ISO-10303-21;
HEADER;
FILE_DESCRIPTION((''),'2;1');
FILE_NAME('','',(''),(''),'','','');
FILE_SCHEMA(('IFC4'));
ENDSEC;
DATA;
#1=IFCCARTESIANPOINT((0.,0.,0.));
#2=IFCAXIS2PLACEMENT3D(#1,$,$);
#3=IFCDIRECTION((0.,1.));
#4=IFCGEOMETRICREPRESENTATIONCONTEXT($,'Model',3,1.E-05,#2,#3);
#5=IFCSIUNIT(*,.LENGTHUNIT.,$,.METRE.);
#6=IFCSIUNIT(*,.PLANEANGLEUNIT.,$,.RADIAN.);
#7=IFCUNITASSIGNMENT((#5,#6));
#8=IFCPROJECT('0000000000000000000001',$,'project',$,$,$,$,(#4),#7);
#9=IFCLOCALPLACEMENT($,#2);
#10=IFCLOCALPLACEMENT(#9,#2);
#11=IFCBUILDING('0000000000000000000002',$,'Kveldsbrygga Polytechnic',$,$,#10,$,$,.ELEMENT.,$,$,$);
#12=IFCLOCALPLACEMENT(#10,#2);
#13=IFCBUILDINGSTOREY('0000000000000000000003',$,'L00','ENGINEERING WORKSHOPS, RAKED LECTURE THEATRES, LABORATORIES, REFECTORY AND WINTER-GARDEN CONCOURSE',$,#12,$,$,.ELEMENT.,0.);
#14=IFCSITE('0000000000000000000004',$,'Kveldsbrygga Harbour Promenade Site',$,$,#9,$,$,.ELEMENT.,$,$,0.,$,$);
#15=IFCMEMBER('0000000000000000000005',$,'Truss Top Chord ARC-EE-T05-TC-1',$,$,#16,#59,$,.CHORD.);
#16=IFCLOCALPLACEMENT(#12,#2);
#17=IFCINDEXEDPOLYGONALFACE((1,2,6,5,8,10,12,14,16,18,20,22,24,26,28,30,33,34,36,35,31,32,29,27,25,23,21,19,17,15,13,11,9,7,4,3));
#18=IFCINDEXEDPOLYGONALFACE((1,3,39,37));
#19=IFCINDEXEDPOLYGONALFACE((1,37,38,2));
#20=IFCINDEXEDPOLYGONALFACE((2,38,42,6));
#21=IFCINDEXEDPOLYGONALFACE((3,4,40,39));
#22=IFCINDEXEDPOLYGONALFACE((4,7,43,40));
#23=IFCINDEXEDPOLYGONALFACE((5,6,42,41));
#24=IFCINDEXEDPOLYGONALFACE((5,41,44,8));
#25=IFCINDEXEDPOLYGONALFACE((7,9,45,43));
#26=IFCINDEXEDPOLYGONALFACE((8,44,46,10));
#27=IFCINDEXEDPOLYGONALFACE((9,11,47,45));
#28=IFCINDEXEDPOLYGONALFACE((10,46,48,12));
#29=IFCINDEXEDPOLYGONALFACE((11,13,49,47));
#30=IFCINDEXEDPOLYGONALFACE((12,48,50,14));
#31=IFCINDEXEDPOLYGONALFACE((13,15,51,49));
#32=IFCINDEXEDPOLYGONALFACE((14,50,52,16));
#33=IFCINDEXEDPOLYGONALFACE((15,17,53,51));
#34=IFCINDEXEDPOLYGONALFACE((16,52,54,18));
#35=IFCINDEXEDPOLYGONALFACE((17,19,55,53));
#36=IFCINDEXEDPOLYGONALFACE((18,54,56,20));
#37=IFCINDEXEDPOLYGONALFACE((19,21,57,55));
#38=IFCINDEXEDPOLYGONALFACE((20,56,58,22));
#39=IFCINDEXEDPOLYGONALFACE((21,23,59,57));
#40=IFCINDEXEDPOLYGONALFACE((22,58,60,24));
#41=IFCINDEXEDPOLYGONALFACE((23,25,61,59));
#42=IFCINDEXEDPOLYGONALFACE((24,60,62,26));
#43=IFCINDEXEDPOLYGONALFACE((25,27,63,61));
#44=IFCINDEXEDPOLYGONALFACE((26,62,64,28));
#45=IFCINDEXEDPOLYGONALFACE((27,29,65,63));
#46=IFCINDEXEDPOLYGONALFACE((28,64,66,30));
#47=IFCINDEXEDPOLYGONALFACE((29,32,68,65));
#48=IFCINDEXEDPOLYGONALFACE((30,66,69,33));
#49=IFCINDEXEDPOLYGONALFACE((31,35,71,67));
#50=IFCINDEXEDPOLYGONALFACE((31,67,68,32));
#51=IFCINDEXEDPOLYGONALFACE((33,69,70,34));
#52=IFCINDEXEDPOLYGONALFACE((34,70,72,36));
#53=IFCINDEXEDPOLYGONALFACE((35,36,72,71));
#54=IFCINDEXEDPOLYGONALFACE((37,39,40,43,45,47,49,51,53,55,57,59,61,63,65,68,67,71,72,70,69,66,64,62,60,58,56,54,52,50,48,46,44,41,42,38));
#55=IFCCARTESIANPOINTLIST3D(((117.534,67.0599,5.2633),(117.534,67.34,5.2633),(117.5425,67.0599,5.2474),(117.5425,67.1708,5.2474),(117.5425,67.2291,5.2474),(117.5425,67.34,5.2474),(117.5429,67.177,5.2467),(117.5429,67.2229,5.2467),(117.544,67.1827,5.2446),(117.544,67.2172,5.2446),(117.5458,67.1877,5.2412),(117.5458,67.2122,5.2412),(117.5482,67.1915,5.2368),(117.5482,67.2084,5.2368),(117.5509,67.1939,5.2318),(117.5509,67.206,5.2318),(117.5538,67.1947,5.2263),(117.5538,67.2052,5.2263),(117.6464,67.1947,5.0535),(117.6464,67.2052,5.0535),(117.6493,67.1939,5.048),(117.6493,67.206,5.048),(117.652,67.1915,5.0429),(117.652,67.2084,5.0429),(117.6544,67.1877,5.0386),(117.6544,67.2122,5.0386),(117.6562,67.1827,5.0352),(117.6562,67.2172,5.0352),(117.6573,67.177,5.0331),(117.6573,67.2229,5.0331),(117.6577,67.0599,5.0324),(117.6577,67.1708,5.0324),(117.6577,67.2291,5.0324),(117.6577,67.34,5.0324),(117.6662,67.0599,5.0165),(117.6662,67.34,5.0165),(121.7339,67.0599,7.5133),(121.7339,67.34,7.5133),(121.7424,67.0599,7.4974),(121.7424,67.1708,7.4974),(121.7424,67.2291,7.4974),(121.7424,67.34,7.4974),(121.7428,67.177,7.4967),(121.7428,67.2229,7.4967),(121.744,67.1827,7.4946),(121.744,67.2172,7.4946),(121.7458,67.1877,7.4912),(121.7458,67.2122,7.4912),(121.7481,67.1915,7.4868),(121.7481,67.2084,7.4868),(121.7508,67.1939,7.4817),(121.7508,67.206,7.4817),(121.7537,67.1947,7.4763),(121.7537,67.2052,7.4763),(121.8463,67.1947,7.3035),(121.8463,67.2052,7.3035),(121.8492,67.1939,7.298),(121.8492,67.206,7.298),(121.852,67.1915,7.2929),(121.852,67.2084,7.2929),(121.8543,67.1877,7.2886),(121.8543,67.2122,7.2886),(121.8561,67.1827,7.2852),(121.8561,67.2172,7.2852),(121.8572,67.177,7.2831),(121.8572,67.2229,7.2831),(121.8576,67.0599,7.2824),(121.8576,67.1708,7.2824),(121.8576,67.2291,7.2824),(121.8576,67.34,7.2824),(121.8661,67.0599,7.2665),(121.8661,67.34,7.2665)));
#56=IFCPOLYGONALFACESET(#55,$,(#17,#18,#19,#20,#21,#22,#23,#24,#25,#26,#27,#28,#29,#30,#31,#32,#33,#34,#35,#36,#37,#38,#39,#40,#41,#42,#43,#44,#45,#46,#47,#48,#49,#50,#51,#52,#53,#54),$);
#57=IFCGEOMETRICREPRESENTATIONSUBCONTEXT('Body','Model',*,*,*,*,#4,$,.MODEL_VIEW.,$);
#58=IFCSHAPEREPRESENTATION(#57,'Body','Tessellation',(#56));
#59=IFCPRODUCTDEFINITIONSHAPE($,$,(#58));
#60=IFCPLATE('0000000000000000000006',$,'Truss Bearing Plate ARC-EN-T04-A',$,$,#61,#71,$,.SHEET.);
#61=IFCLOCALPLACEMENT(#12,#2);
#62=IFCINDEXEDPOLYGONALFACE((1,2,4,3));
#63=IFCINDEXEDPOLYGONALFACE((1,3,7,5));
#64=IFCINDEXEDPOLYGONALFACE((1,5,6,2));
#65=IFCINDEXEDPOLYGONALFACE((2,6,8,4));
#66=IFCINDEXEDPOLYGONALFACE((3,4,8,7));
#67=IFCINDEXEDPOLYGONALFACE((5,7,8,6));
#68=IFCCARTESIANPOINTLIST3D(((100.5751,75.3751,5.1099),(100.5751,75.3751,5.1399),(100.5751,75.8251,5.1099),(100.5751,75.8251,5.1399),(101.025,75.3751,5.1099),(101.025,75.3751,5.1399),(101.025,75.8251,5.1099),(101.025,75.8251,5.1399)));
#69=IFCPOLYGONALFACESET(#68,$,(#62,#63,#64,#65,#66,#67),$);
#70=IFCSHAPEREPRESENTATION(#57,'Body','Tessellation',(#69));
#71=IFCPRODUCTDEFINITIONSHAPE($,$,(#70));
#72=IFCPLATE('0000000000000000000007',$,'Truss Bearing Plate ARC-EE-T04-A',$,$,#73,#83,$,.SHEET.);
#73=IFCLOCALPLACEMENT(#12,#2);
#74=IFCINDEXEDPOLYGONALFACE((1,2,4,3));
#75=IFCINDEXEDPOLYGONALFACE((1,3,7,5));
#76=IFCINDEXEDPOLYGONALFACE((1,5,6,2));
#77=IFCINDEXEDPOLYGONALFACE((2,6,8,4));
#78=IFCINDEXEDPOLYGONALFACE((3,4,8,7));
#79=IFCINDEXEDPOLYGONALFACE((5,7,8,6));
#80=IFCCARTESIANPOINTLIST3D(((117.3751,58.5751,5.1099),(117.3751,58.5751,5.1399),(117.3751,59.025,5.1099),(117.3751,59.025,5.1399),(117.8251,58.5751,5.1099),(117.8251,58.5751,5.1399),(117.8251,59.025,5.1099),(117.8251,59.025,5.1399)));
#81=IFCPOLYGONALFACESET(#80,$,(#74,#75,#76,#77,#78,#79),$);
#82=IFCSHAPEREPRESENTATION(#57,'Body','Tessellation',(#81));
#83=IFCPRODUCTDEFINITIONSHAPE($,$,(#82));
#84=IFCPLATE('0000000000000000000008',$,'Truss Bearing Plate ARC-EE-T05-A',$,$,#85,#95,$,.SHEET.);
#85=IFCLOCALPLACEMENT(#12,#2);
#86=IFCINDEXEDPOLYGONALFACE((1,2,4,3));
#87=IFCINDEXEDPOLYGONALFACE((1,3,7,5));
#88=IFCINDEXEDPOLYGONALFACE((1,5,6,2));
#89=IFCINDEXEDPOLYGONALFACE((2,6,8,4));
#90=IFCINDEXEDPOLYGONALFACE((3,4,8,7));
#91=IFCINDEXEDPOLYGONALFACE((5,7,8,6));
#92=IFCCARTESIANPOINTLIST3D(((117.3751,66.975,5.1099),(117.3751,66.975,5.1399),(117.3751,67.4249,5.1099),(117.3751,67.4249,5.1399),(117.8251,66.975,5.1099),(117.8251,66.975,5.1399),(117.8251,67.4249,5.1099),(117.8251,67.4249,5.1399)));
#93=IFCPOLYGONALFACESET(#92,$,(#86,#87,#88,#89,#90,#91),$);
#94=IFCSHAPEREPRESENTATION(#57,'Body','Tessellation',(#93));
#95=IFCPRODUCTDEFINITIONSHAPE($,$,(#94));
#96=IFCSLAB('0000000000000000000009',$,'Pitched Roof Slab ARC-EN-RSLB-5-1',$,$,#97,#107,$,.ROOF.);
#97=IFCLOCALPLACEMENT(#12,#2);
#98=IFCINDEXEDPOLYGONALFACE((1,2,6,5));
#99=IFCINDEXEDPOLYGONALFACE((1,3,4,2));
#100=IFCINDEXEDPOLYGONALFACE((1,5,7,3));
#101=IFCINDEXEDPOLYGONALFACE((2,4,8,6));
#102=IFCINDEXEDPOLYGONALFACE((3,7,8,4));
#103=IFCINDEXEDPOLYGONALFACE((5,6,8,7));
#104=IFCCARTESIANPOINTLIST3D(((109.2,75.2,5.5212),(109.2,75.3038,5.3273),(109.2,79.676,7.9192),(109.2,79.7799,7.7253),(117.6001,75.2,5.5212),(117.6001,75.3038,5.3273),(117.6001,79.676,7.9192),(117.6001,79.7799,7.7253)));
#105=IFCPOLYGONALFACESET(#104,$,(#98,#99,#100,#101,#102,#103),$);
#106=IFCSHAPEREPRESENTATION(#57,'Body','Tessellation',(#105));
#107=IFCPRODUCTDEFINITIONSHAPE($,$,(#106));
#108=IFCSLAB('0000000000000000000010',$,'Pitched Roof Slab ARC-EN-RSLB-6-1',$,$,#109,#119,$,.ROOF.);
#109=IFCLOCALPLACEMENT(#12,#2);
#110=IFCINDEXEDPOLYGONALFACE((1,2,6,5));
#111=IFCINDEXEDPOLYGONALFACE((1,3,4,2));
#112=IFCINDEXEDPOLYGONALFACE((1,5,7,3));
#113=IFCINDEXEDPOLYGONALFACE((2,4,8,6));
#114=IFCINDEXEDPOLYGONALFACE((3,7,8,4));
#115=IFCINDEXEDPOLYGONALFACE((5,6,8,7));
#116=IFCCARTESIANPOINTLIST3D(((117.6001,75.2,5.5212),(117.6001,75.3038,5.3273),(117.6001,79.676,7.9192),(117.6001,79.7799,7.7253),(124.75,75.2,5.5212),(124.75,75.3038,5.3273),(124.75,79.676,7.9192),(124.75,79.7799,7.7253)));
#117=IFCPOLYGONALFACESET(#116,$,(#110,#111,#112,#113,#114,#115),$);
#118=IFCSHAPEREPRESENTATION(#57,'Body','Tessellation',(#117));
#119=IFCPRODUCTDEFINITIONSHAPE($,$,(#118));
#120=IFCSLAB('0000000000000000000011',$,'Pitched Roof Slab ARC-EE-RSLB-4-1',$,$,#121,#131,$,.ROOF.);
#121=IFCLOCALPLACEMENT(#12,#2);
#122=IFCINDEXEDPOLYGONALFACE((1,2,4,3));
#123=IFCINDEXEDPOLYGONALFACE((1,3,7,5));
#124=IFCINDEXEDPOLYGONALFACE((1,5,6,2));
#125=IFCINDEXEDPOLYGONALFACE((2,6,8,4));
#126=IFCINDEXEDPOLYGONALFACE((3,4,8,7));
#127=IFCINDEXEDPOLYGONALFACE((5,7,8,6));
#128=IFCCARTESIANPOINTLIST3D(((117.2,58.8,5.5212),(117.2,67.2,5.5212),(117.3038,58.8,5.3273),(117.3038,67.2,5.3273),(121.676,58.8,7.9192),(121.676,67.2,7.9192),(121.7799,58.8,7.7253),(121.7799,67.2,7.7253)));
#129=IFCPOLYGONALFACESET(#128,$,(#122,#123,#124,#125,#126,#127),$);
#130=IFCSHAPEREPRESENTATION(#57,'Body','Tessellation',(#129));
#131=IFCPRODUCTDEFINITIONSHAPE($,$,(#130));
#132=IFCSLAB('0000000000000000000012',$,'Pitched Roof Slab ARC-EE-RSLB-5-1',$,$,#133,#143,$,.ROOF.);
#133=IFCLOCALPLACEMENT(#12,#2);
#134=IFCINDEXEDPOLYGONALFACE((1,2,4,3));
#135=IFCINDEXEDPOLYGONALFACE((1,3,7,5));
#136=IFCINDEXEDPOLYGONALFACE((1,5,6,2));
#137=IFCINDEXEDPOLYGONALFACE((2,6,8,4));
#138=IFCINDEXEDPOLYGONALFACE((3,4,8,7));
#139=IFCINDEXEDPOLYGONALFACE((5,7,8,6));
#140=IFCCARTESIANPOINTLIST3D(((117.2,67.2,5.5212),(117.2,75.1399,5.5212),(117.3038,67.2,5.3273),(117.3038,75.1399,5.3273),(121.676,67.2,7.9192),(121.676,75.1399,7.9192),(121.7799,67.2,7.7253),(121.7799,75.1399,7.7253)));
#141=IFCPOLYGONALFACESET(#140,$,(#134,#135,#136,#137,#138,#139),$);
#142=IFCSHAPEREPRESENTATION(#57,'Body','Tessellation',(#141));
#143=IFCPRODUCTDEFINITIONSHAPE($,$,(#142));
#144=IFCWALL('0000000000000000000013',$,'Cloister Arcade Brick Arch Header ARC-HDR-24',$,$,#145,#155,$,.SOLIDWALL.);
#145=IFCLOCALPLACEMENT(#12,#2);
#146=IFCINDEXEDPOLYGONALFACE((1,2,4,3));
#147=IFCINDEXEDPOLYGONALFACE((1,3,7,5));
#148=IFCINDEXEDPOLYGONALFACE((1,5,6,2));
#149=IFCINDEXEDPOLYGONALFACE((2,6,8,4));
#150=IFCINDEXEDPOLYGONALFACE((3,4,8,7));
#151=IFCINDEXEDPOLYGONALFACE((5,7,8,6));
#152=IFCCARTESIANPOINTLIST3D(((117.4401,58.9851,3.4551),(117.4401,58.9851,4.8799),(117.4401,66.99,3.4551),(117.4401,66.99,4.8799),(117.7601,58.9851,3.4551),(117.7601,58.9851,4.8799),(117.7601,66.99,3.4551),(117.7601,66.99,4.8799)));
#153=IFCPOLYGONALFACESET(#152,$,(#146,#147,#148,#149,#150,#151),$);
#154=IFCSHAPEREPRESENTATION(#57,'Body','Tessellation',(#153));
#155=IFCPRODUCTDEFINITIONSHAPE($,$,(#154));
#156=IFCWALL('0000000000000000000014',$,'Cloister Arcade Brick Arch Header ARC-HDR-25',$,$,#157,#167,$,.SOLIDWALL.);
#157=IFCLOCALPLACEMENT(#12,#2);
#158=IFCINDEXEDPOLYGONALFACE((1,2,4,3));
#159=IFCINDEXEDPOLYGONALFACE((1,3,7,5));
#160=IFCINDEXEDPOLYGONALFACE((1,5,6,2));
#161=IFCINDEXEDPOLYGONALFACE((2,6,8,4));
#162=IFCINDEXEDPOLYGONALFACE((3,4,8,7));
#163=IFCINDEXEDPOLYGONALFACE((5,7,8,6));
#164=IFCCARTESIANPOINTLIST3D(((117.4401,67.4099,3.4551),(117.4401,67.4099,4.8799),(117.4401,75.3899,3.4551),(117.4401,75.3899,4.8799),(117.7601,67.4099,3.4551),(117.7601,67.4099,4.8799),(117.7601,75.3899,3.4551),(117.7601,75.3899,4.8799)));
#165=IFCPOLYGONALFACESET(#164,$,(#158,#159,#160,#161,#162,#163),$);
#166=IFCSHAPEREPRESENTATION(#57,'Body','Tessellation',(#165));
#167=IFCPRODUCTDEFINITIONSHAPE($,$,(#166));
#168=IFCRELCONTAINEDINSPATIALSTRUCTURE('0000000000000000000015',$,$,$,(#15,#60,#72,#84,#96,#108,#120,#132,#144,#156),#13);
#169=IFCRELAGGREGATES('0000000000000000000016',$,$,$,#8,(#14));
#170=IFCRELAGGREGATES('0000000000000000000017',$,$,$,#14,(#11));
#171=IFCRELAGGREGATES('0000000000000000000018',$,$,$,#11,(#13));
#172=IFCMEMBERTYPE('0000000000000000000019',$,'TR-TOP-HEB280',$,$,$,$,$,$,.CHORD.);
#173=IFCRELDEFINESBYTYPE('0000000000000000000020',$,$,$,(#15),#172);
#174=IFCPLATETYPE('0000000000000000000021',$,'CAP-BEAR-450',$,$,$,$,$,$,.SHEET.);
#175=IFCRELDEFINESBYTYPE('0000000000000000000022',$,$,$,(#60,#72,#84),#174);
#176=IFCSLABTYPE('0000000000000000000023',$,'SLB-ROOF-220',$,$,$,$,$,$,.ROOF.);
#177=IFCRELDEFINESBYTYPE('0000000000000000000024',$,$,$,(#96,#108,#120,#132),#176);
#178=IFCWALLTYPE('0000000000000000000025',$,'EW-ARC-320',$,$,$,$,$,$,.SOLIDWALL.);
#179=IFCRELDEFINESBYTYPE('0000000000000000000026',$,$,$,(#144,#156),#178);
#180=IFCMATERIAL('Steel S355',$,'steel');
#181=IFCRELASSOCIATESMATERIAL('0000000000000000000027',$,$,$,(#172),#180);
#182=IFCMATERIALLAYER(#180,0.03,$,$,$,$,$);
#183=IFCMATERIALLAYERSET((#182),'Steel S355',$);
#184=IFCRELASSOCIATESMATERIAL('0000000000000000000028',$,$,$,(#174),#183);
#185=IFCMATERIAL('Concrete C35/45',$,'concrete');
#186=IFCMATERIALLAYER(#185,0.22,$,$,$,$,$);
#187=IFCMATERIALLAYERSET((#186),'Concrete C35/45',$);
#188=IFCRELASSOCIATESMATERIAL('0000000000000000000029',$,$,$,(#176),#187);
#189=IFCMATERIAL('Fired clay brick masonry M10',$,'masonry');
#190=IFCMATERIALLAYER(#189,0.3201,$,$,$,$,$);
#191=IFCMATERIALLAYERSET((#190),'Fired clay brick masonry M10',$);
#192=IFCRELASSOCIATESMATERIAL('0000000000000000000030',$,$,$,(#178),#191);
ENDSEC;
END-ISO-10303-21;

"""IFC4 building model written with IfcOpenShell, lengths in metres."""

from ifc_helpers import new_model, si_unit, direction, frame, frame_2d, origin, origin_2d, place, context, subcontext, project, spatial, polyline, rectangle, i_section, outline, extrude, material, layer, layer_set, material_profile, profile_set, type_object, element, save


model = new_model("IFC4")

# Units and contexts
model_context = context("Model", 3, precision=1e-05, world=origin(), true_north=direction((0.0, 1.0)))
body_context = subcontext(model_context, "Body", "Model", "MODEL_VIEW")
ifc_project = project(units=[si_unit("LENGTHUNIT", "METRE"), si_unit("PLANEANGLEUNIT", "RADIAN")], contexts=[model_context])

# Site, building, storey
site_placement = place(None, origin())
site = spatial("IfcSite", under=ifc_project, at=site_placement, Name="Kveldsbrygga Harbour Promenade Site", CompositionType="ELEMENT", RefElevation=0.0)
building_placement = place(site_placement, origin())
building = spatial("IfcBuilding", under=site, at=building_placement, Name="Kveldsbrygga Polytechnic", CompositionType="ELEMENT")
storey_placement = place(building_placement, origin())
storey = spatial("IfcBuildingStorey", under=building, at=storey_placement, Name="L00", Description="ENGINEERING WORKSHOPS, RAKED LECTURE THEATRES, LABORATORIES, REFECTORY AND WINTER-GARDEN CONCOURSE", CompositionType="ELEMENT", Elevation=0.0)

# Shared definitions
ifc_material_1 = material(Name="Concrete C35/45", Category="concrete")

# Member
ifc_material_2 = material(Name="Steel S355", Category="steel")
ifc_material_profile_1 = material_profile(ifc_material_2, i_section(OverallWidth=0.28, OverallDepth=0.28, WebThickness=0.0105, FlangeThickness=0.0181, FilletRadius=0.0239, at=origin_2d()), Name="HEB 280")
ifc_profile_set_1 = profile_set([ifc_material_profile_1], Name="Steel S355")
member_type_1 = type_object("IfcMemberType", Name="TR-TOP-HEB280", PredefinedType="CHORD", material=ifc_profile_set_1)
for number, where, z_axis, x_axis, name in (
    (1, (117.6001, 67.2, 5.1399), (0.881478, 0.0, 0.472226), (0.0, 1.0, 0.0), "Truss Top Chord ARC-EE-T05-TC-1"),
):
    element("IfcMember", number, at=place(storey_placement, frame(where, z_axis=z_axis, x_axis=x_axis)), inside=storey, type_object=member_type_1, Name=name, PredefinedType="CHORD", context=body_context, shape_type="SweptSolid", body=[
        extrude(i_section(OverallWidth=0.28, OverallDepth=0.28, WebThickness=0.0105, FlangeThickness=0.0181, FilletRadius=0.0239, at=origin_2d()), origin(), (0.0, 0.0, 1.0), 4.7646),
    ])

# Plates
ifc_layer_1 = layer(ifc_material_2, 0.03)
ifc_layer_set_1 = layer_set([ifc_layer_1], Name="Steel S355")
plate_type = type_object("IfcPlateType", Name="CAP-BEAR-450", PredefinedType="SHEET", material=ifc_layer_set_1)
for number, where, z_axis, x_axis, name in (
    (2, (100.8, 75.6001, 5.1099), (0.0, 0.0, 1.0), (1.0, 0.0, 0.0), "Truss Bearing Plate ARC-EN-T04-A"),
    (3, (117.6001, 58.8, 5.1099), (0.0, 0.0, 1.0), (1.0, 0.0, 0.0), "Truss Bearing Plate ARC-EE-T04-A"),
    (4, (117.6001, 67.2, 5.1099), (0.0, 0.0, 1.0), (1.0, 0.0, 0.0), "Truss Bearing Plate ARC-EE-T05-A"),
):
    element("IfcPlate", number, at=place(storey_placement, frame(where, z_axis=z_axis, x_axis=x_axis)), inside=storey, type_object=plate_type, Name=name, PredefinedType="SHEET", context=body_context, shape_type="SweptSolid", body=[
        extrude(rectangle(XDim=0.45, YDim=0.45, at=origin_2d()), origin(), (0.0, 0.0, 1.0), 0.03),
    ])

# Slabs
ifc_layer_2 = layer(ifc_material_1, 0.22)
ifc_layer_set_2 = layer_set([ifc_layer_2], Name="Concrete C35/45")
slab_type = type_object("IfcSlabType", Name="SLB-ROOF-220", PredefinedType="ROOF", material=ifc_layer_set_2)
slab_1_placement = place(storey_placement, frame((109.2, 75.2, 5.5212), z_axis=(0.0, -0.472229, 0.881476), x_axis=(1.0, 0.0, 0.0)))
element("IfcSlab", 5, at=slab_1_placement, inside=storey, type_object=slab_type, Name="Pitched Roof Slab ARC-EN-RSLB-5-1", PredefinedType="ROOF", context=body_context, shape_type="SweptSolid", body=[
    extrude(outline(polyline([(0.0, 0.0), (8.4001, 0.0), (8.4001, 5.0779), (0.0, 5.0779), (0.0, 0.0)])), origin(), (0.0, 0.0, -1.0), 0.22),
])
slab_2_placement = place(storey_placement, frame((117.6001, 75.2, 5.5212), z_axis=(0.0, -0.472229, 0.881476), x_axis=(1.0, 0.0, 0.0)))
element("IfcSlab", 6, at=slab_2_placement, inside=storey, type_object=slab_type, Name="Pitched Roof Slab ARC-EN-RSLB-6-1", PredefinedType="ROOF", context=body_context, shape_type="SweptSolid", body=[
    extrude(outline(polyline([(0.0, 0.0), (7.1499, 0.0), (7.1499, 5.0779), (0.0, 5.0779), (0.0, 0.0)])), origin(), (0.0, 0.0, -1.0), 0.22),
])
slab_3_placement = place(storey_placement, frame((117.2, 58.8, 5.5212), z_axis=(-0.472229, 0.0, 0.881476), x_axis=(0.881476, 0.0, 0.472229)))
element("IfcSlab", 7, at=slab_3_placement, inside=storey, type_object=slab_type, Name="Pitched Roof Slab ARC-EE-RSLB-4-1", PredefinedType="ROOF", context=body_context, shape_type="SweptSolid", body=[
    extrude(outline(polyline([(0.0, 0.0), (5.0779, 0.0), (5.0779, 8.3999), (0.0, 8.3999), (0.0, 0.0)])), origin(), (0.0, 0.0, -1.0), 0.22),
])
slab_4_placement = place(storey_placement, frame((117.2, 67.2, 5.5212), z_axis=(-0.472229, 0.0, 0.881476), x_axis=(0.881476, 0.0, 0.472229)))
element("IfcSlab", 8, at=slab_4_placement, inside=storey, type_object=slab_type, Name="Pitched Roof Slab ARC-EE-RSLB-5-1", PredefinedType="ROOF", context=body_context, shape_type="SweptSolid", body=[
    extrude(outline(polyline([(0.0, 0.0), (5.0779, 0.0), (5.0779, 7.9399), (0.0, 7.9399), (0.0, 0.0)])), origin(), (0.0, 0.0, -1.0), 0.22),
])

# Walls
ifc_material_3 = material(Name="Fired clay brick masonry M10", Category="masonry")
ifc_layer_3 = layer(ifc_material_3, 0.3201)
ifc_layer_set_3 = layer_set([ifc_layer_3], Name="Fired clay brick masonry M10")
wall_type = type_object("IfcWallType", Name="EW-ARC-320", PredefinedType="SOLIDWALL", material=ifc_layer_set_3)
wall_1_placement = place(storey_placement, frame((117.6001, 58.9851, 3.4551), z_axis=(0.0, 0.0, 1.0), x_axis=(0.0, 1.0, 0.0)))
element("IfcWall", 9, at=wall_1_placement, inside=storey, type_object=wall_type, Name="Cloister Arcade Brick Arch Header ARC-HDR-24", PredefinedType="SOLIDWALL", context=body_context, shape_type="SweptSolid", body=[
    extrude(rectangle(XDim=8.0049, YDim=0.3201, at=frame_2d((4.0024, 0.0))), origin(), (0.0, 0.0, 1.0), 1.4248),
])
wall_2_placement = place(storey_placement, frame((117.6001, 67.4099, 3.4551), z_axis=(0.0, 0.0, 1.0), x_axis=(0.0, 1.0, 0.0)))
element("IfcWall", 10, at=wall_2_placement, inside=storey, type_object=wall_type, Name="Cloister Arcade Brick Arch Header ARC-HDR-25", PredefinedType="SOLIDWALL", context=body_context, shape_type="SweptSolid", body=[
    extrude(rectangle(XDim=7.98, YDim=0.3201, at=frame_2d((3.99, 0.0))), origin(), (0.0, 0.0, 1.0), 1.4248),
])

save(model, "model.ifc")
